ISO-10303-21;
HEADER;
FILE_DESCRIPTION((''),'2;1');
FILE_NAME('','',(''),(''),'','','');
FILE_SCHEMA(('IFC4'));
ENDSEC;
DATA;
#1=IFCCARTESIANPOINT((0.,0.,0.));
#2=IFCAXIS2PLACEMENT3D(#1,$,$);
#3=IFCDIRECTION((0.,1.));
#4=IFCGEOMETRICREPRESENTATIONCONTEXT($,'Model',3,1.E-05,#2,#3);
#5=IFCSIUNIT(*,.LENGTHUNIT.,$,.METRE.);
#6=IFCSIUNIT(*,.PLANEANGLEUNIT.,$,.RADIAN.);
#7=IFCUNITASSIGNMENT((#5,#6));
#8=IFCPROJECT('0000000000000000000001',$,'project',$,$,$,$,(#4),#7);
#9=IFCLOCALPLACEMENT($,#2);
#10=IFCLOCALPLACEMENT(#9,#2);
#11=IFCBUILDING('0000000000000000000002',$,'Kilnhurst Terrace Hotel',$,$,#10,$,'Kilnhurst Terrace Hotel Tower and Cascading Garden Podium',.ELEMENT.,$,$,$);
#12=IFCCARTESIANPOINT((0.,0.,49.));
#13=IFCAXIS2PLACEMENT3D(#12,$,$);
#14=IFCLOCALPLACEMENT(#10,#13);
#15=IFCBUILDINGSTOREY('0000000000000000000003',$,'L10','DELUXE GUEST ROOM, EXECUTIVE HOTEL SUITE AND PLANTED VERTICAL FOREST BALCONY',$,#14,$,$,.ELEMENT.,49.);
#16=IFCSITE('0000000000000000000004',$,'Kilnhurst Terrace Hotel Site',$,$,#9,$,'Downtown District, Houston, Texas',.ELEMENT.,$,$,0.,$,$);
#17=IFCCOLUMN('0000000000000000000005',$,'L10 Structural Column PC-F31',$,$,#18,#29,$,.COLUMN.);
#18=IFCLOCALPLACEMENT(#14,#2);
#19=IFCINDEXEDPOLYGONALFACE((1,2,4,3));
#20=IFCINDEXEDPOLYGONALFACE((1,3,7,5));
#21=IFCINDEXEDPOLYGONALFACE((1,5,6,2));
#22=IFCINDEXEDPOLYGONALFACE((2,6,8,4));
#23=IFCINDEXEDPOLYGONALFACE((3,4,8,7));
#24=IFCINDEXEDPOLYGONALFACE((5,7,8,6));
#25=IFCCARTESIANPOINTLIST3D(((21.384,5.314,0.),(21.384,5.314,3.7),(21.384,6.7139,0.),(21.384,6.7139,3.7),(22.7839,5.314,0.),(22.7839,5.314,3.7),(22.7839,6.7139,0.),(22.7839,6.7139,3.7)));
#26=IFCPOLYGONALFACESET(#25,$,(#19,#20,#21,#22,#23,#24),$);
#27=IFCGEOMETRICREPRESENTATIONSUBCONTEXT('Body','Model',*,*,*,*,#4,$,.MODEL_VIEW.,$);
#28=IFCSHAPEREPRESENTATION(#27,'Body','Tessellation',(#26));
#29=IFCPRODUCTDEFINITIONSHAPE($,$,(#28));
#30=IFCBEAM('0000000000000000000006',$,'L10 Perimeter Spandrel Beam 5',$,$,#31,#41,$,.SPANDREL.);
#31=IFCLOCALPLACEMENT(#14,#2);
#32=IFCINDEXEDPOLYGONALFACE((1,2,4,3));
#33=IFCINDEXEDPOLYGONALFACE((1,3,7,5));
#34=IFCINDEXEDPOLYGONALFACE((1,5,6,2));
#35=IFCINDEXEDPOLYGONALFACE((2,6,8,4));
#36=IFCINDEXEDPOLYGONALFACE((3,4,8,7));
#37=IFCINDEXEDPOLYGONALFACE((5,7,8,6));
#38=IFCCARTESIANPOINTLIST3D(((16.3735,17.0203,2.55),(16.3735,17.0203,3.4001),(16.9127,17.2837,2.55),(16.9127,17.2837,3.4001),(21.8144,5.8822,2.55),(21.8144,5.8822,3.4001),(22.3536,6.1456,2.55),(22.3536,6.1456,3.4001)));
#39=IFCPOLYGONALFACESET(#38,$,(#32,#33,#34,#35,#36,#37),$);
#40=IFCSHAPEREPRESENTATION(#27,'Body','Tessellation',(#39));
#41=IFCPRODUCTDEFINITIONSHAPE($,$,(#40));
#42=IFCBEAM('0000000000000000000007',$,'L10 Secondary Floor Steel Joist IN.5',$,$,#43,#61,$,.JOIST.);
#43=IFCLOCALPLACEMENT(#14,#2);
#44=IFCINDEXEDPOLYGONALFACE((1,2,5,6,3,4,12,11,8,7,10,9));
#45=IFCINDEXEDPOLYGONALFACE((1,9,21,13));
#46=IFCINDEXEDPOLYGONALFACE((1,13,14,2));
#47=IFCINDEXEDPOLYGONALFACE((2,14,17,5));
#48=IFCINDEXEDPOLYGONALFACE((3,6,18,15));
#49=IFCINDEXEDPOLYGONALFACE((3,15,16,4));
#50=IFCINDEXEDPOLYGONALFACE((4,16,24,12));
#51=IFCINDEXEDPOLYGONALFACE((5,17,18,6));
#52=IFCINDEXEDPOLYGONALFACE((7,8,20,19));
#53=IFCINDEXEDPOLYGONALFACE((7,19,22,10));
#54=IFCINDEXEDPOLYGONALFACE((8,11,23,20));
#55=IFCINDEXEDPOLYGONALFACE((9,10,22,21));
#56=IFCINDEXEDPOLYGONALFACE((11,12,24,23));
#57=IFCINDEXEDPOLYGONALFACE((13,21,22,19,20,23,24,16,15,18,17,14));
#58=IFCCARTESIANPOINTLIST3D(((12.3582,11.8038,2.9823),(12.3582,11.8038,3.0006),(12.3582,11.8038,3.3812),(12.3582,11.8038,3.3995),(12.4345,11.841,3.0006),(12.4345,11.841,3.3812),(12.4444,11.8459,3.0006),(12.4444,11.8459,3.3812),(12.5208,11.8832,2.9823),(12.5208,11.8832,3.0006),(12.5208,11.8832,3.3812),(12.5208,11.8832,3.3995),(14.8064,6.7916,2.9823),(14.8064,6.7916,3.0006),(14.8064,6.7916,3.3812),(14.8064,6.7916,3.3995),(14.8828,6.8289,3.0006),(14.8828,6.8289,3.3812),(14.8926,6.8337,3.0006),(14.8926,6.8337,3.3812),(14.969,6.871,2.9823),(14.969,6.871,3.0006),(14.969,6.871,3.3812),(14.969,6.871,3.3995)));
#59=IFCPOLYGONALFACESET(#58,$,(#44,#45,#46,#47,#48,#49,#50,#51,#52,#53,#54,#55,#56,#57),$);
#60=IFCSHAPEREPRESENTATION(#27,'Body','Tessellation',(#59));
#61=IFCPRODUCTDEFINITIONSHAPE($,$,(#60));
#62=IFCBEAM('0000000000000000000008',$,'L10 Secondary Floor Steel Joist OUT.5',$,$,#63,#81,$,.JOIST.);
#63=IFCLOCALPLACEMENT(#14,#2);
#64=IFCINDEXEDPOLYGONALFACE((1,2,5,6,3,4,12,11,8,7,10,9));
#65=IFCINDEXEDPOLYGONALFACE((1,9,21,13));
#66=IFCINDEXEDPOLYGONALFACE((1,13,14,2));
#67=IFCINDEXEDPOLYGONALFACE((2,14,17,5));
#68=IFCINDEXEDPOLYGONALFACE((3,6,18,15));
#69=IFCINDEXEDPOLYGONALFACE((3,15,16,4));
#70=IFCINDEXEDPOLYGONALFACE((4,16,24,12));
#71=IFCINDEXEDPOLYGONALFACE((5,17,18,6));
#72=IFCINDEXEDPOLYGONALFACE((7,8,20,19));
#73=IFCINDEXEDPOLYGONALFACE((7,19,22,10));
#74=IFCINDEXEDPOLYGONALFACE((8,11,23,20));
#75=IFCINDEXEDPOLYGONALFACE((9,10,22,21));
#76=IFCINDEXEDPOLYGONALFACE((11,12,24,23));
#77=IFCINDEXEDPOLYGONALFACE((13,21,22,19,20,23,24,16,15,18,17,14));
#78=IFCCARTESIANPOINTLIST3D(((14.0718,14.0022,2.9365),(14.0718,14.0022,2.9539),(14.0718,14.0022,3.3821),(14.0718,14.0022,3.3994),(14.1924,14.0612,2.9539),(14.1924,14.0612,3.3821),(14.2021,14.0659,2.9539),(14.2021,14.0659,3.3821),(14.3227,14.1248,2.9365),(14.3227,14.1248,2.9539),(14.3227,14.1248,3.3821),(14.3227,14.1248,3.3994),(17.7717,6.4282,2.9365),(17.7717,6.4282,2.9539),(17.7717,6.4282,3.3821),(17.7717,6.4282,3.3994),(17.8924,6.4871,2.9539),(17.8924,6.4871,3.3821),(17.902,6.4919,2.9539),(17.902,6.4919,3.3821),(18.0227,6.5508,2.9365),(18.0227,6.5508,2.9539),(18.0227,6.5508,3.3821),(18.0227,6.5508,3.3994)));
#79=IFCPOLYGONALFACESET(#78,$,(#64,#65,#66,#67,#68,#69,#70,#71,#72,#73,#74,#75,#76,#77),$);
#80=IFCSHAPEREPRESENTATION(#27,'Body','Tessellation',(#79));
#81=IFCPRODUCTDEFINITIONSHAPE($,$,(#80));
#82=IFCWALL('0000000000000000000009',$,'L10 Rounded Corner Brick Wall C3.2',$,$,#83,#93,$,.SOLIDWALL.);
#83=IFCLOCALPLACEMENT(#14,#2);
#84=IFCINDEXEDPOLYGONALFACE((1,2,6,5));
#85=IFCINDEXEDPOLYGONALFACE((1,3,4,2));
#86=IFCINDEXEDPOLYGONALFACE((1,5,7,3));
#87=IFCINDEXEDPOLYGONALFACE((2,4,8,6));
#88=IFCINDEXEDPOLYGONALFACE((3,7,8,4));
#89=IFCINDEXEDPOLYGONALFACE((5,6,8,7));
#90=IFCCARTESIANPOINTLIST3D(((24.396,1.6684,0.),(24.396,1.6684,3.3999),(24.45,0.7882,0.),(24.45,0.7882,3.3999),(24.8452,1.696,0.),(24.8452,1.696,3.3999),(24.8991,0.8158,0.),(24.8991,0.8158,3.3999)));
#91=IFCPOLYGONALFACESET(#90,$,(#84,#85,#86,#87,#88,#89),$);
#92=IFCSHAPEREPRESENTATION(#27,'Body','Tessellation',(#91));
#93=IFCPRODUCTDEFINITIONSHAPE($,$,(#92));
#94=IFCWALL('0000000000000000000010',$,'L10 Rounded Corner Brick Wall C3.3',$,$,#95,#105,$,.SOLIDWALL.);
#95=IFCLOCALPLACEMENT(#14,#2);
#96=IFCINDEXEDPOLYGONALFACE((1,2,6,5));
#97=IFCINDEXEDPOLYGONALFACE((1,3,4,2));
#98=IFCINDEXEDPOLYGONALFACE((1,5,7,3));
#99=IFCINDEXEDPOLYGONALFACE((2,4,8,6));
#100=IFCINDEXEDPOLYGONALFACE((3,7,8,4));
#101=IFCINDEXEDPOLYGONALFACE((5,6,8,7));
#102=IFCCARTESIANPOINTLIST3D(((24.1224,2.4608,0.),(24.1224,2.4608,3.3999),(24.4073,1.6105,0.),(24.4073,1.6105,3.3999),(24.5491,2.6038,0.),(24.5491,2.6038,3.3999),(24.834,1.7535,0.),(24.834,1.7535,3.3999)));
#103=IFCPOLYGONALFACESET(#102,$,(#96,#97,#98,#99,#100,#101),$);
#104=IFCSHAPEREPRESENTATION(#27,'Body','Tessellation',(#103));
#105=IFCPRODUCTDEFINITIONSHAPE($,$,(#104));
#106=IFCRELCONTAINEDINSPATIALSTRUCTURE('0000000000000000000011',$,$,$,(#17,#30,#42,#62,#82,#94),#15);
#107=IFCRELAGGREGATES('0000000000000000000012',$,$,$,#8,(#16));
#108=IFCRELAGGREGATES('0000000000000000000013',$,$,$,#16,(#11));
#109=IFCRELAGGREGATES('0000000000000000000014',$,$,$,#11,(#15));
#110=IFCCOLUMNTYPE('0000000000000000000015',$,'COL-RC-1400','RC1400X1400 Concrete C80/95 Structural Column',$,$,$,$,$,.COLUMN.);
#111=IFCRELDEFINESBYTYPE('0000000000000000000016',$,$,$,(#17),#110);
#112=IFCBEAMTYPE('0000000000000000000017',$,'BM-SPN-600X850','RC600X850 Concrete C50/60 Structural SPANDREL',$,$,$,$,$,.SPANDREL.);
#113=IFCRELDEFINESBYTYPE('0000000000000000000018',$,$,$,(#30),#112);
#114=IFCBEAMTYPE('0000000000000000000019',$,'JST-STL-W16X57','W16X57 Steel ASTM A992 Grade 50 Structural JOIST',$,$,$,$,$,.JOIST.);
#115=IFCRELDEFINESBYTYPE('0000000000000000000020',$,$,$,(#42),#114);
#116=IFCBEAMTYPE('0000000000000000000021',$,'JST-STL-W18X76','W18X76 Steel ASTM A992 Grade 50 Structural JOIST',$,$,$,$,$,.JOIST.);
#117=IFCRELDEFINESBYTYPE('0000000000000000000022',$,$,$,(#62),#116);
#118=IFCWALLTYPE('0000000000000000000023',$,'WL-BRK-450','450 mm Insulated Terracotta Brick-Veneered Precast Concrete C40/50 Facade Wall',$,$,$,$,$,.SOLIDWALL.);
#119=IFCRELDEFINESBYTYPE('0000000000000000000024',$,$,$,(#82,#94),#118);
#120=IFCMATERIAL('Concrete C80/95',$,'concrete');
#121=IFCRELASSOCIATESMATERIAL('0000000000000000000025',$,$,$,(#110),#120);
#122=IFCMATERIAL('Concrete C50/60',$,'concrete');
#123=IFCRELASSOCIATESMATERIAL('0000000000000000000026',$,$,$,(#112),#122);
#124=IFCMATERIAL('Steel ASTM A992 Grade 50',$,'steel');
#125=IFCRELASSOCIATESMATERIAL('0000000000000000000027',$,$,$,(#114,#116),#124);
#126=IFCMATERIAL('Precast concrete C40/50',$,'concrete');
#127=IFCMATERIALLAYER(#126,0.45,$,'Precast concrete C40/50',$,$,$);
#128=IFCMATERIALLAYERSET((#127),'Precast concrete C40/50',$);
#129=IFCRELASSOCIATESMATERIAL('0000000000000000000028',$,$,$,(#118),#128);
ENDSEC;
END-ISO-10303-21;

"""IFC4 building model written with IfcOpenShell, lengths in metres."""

from ifc_helpers import new_model, si_unit, direction, frame, frame_2d, origin, origin_2d, place, context, subcontext, project, spatial, rectangle, i_section, extrude, material, layer, layer_set, material_profile, profile_set, type_object, element, save


model = new_model("IFC4")

# Units and contexts
model_context = context("Model", 3, precision=1e-05, world=origin(), true_north=direction((0.0, 1.0)))
body_context = subcontext(model_context, "Body", "Model", "MODEL_VIEW")
ifc_project = project(units=[si_unit("LENGTHUNIT", "METRE"), si_unit("PLANEANGLEUNIT", "RADIAN")], contexts=[model_context])

# Site, building, storey
site_placement = place(None, origin())
site = spatial("IfcSite", under=ifc_project, at=site_placement, Name="Kilnhurst Terrace Hotel Site", LongName="Downtown District, Houston, Texas", CompositionType="ELEMENT", RefElevation=0.0)
building_placement = place(site_placement, origin())
building = spatial("IfcBuilding", under=site, at=building_placement, Name="Kilnhurst Terrace Hotel", LongName="Kilnhurst Terrace Hotel Tower and Cascading Garden Podium", CompositionType="ELEMENT")
storey_placement = place(building_placement, frame((0.0, 0.0, 49.0)))
storey = spatial("IfcBuildingStorey", under=building, at=storey_placement, Name="L10", Description="DELUXE GUEST ROOM, EXECUTIVE HOTEL SUITE AND PLANTED VERTICAL FOREST BALCONY", CompositionType="ELEMENT", Elevation=49.0)

# Column
ifc_material_1 = material(Name="Concrete C80/95", Category="concrete")
ifc_material_profile_1 = material_profile(ifc_material_1, rectangle(XDim=1.3999, YDim=1.3999, at=origin_2d()), Name="RC1400X1400")
ifc_profile_set_1 = profile_set([ifc_material_profile_1], Name="Concrete C80/95")
column_type = type_object("IfcColumnType", Name="COL-RC-1400", Description="RC1400X1400 Concrete C80/95 Structural Column", PredefinedType="COLUMN", material=ifc_profile_set_1)
column_placement = place(storey_placement, frame((22.084, 6.0139, 0.0), z_axis=(0.0, 0.0, 1.0), x_axis=(1.0, 0.0, 0.0)))
element("IfcColumn", 1, at=column_placement, inside=storey, type_object=column_type, Name="L10 Structural Column PC-F31", PredefinedType="COLUMN", context=body_context, shape_type="SweptSolid", body=[
    extrude(rectangle(XDim=1.3999, YDim=1.3999, at=origin_2d()), origin(), (0.0, 0.0, 1.0), 3.7),
])

# Beams
ifc_material_2 = material(Name="Concrete C50/60", Category="concrete")
ifc_material_profile_2 = material_profile(ifc_material_2, rectangle(XDim=0.6001, YDim=0.8501, at=origin_2d()), Name="RC600X850")
ifc_profile_set_2 = profile_set([ifc_material_profile_2], Name="Concrete C50/60")
beam_type_1 = type_object("IfcBeamType", Name="BM-SPN-600X850", Description="RC600X850 Concrete C50/60 Structural SPANDREL", PredefinedType="SPANDREL", material=ifc_profile_set_2)
beam_1_placement = place(storey_placement, frame((22.084, 6.0139, 2.9751), z_axis=(-0.438923, 0.898525, 0.0), x_axis=(-0.898525, -0.438923, 0.0)))
element("IfcBeam", 2, at=beam_1_placement, inside=storey, type_object=beam_type_1, Name="L10 Perimeter Spandrel Beam 5", PredefinedType="SPANDREL", context=body_context, shape_type="SweptSolid", body=[
    extrude(rectangle(XDim=0.6001, YDim=0.8501, at=origin_2d()), origin(), (0.0, 0.0, 1.0), 12.396),
])
ifc_material_3 = material(Name="Steel ASTM A992 Grade 50", Category="steel")
ifc_material_profile_3 = material_profile(ifc_material_3, i_section(OverallWidth=0.1809, OverallDepth=0.4172, WebThickness=0.011, FlangeThickness=0.0183, at=origin_2d()), Name="W16X57")
ifc_profile_set_3 = profile_set([ifc_material_profile_3], Name="Steel ASTM A992 Grade 50")
beam_type_2 = type_object("IfcBeamType", Name="JST-STL-W16X57", Description="W16X57 Steel ASTM A992 Grade 50 Structural JOIST", PredefinedType="JOIST", material=ifc_profile_set_3)
beam_2_placement = place(storey_placement, frame((14.8877, 6.8313, 3.1909), z_axis=(-0.438896, 0.898538, 0.0), x_axis=(-0.898538, -0.438896, 0.0)))
element("IfcBeam", 3, at=beam_2_placement, inside=storey, type_object=beam_type_2, Name="L10 Secondary Floor Steel Joist IN.5", PredefinedType="JOIST", context=body_context, shape_type="SweptSolid", body=[
    extrude(i_section(OverallWidth=0.1809, OverallDepth=0.4172, WebThickness=0.011, FlangeThickness=0.0183, at=origin_2d()), origin(), (0.0, 0.0, 1.0), 5.5781),
])
ifc_material_profile_4 = material_profile(ifc_material_3, i_section(OverallWidth=0.2793, OverallDepth=0.4629, WebThickness=0.0107, FlangeThickness=0.0173, at=origin_2d()), Name="W18X76")
ifc_profile_set_4 = profile_set([ifc_material_profile_4], Name="Steel ASTM A992 Grade 50")
beam_type_3 = type_object("IfcBeamType", Name="JST-STL-W18X76", Description="W18X76 Steel ASTM A992 Grade 50 Structural JOIST", PredefinedType="JOIST", material=ifc_profile_set_4)
beam_3_placement = place(storey_placement, frame((17.8972, 6.4895, 3.168), z_axis=(-0.438934, 0.898519, 0.0), x_axis=(-0.898519, -0.438934, 0.0)))
element("IfcBeam", 4, at=beam_3_placement, inside=storey, type_object=beam_type_3, Name="L10 Secondary Floor Steel Joist OUT.5", PredefinedType="JOIST", context=body_context, shape_type="SweptSolid", body=[
    extrude(i_section(OverallWidth=0.2793, OverallDepth=0.4629, WebThickness=0.0107, FlangeThickness=0.0173, at=origin_2d()), origin(), (0.0, 0.0, 1.0), 8.4294),
])

# Walls
ifc_material_4 = material(Name="Precast concrete C40/50", Category="concrete")
ifc_layer_1 = layer(ifc_material_4, 0.45, Name="Precast concrete C40/50")
ifc_layer_set_1 = layer_set([ifc_layer_1], Name="Precast concrete C40/50")
wall_type_1 = type_object("IfcWallType", Name="WL-BRK-450", Description="450 mm Insulated Terracotta Brick-Veneered Precast Concrete C40/50 Facade Wall", PredefinedType="SOLIDWALL", material=ifc_layer_set_1)
wall_1_placement = place(storey_placement, frame((24.6746, 0.802, 0.0), z_axis=(0.0, 0.0, 1.0), x_axis=(-0.061189, 0.998126, 0.0)))
element("IfcWall", 5, at=wall_1_placement, inside=storey, type_object=wall_type_1, Name="L10 Rounded Corner Brick Wall C3.2", PredefinedType="SOLIDWALL", context=body_context, shape_type="SweptSolid", body=[
    extrude(rectangle(XDim=0.8818, YDim=0.45, at=frame_2d((0.4409, 0.0))), origin(), (0.0, 0.0, 1.0), 3.3999),
])
wall_2_placement = place(storey_placement, frame((24.6206, 1.6821, 0.0), z_axis=(0.0, 0.0, 1.0), x_axis=(-0.317697, 0.948192, 0.0)))
element("IfcWall", 6, at=wall_2_placement, inside=storey, type_object=wall_type_1, Name="L10 Rounded Corner Brick Wall C3.3", PredefinedType="SOLIDWALL", context=body_context, shape_type="SweptSolid", body=[
    extrude(rectangle(XDim=0.8967, YDim=0.45, at=frame_2d((0.4482, 0.0))), origin(), (0.0, 0.0, 1.0), 3.3999),
])

save(model, "model.ifc")
